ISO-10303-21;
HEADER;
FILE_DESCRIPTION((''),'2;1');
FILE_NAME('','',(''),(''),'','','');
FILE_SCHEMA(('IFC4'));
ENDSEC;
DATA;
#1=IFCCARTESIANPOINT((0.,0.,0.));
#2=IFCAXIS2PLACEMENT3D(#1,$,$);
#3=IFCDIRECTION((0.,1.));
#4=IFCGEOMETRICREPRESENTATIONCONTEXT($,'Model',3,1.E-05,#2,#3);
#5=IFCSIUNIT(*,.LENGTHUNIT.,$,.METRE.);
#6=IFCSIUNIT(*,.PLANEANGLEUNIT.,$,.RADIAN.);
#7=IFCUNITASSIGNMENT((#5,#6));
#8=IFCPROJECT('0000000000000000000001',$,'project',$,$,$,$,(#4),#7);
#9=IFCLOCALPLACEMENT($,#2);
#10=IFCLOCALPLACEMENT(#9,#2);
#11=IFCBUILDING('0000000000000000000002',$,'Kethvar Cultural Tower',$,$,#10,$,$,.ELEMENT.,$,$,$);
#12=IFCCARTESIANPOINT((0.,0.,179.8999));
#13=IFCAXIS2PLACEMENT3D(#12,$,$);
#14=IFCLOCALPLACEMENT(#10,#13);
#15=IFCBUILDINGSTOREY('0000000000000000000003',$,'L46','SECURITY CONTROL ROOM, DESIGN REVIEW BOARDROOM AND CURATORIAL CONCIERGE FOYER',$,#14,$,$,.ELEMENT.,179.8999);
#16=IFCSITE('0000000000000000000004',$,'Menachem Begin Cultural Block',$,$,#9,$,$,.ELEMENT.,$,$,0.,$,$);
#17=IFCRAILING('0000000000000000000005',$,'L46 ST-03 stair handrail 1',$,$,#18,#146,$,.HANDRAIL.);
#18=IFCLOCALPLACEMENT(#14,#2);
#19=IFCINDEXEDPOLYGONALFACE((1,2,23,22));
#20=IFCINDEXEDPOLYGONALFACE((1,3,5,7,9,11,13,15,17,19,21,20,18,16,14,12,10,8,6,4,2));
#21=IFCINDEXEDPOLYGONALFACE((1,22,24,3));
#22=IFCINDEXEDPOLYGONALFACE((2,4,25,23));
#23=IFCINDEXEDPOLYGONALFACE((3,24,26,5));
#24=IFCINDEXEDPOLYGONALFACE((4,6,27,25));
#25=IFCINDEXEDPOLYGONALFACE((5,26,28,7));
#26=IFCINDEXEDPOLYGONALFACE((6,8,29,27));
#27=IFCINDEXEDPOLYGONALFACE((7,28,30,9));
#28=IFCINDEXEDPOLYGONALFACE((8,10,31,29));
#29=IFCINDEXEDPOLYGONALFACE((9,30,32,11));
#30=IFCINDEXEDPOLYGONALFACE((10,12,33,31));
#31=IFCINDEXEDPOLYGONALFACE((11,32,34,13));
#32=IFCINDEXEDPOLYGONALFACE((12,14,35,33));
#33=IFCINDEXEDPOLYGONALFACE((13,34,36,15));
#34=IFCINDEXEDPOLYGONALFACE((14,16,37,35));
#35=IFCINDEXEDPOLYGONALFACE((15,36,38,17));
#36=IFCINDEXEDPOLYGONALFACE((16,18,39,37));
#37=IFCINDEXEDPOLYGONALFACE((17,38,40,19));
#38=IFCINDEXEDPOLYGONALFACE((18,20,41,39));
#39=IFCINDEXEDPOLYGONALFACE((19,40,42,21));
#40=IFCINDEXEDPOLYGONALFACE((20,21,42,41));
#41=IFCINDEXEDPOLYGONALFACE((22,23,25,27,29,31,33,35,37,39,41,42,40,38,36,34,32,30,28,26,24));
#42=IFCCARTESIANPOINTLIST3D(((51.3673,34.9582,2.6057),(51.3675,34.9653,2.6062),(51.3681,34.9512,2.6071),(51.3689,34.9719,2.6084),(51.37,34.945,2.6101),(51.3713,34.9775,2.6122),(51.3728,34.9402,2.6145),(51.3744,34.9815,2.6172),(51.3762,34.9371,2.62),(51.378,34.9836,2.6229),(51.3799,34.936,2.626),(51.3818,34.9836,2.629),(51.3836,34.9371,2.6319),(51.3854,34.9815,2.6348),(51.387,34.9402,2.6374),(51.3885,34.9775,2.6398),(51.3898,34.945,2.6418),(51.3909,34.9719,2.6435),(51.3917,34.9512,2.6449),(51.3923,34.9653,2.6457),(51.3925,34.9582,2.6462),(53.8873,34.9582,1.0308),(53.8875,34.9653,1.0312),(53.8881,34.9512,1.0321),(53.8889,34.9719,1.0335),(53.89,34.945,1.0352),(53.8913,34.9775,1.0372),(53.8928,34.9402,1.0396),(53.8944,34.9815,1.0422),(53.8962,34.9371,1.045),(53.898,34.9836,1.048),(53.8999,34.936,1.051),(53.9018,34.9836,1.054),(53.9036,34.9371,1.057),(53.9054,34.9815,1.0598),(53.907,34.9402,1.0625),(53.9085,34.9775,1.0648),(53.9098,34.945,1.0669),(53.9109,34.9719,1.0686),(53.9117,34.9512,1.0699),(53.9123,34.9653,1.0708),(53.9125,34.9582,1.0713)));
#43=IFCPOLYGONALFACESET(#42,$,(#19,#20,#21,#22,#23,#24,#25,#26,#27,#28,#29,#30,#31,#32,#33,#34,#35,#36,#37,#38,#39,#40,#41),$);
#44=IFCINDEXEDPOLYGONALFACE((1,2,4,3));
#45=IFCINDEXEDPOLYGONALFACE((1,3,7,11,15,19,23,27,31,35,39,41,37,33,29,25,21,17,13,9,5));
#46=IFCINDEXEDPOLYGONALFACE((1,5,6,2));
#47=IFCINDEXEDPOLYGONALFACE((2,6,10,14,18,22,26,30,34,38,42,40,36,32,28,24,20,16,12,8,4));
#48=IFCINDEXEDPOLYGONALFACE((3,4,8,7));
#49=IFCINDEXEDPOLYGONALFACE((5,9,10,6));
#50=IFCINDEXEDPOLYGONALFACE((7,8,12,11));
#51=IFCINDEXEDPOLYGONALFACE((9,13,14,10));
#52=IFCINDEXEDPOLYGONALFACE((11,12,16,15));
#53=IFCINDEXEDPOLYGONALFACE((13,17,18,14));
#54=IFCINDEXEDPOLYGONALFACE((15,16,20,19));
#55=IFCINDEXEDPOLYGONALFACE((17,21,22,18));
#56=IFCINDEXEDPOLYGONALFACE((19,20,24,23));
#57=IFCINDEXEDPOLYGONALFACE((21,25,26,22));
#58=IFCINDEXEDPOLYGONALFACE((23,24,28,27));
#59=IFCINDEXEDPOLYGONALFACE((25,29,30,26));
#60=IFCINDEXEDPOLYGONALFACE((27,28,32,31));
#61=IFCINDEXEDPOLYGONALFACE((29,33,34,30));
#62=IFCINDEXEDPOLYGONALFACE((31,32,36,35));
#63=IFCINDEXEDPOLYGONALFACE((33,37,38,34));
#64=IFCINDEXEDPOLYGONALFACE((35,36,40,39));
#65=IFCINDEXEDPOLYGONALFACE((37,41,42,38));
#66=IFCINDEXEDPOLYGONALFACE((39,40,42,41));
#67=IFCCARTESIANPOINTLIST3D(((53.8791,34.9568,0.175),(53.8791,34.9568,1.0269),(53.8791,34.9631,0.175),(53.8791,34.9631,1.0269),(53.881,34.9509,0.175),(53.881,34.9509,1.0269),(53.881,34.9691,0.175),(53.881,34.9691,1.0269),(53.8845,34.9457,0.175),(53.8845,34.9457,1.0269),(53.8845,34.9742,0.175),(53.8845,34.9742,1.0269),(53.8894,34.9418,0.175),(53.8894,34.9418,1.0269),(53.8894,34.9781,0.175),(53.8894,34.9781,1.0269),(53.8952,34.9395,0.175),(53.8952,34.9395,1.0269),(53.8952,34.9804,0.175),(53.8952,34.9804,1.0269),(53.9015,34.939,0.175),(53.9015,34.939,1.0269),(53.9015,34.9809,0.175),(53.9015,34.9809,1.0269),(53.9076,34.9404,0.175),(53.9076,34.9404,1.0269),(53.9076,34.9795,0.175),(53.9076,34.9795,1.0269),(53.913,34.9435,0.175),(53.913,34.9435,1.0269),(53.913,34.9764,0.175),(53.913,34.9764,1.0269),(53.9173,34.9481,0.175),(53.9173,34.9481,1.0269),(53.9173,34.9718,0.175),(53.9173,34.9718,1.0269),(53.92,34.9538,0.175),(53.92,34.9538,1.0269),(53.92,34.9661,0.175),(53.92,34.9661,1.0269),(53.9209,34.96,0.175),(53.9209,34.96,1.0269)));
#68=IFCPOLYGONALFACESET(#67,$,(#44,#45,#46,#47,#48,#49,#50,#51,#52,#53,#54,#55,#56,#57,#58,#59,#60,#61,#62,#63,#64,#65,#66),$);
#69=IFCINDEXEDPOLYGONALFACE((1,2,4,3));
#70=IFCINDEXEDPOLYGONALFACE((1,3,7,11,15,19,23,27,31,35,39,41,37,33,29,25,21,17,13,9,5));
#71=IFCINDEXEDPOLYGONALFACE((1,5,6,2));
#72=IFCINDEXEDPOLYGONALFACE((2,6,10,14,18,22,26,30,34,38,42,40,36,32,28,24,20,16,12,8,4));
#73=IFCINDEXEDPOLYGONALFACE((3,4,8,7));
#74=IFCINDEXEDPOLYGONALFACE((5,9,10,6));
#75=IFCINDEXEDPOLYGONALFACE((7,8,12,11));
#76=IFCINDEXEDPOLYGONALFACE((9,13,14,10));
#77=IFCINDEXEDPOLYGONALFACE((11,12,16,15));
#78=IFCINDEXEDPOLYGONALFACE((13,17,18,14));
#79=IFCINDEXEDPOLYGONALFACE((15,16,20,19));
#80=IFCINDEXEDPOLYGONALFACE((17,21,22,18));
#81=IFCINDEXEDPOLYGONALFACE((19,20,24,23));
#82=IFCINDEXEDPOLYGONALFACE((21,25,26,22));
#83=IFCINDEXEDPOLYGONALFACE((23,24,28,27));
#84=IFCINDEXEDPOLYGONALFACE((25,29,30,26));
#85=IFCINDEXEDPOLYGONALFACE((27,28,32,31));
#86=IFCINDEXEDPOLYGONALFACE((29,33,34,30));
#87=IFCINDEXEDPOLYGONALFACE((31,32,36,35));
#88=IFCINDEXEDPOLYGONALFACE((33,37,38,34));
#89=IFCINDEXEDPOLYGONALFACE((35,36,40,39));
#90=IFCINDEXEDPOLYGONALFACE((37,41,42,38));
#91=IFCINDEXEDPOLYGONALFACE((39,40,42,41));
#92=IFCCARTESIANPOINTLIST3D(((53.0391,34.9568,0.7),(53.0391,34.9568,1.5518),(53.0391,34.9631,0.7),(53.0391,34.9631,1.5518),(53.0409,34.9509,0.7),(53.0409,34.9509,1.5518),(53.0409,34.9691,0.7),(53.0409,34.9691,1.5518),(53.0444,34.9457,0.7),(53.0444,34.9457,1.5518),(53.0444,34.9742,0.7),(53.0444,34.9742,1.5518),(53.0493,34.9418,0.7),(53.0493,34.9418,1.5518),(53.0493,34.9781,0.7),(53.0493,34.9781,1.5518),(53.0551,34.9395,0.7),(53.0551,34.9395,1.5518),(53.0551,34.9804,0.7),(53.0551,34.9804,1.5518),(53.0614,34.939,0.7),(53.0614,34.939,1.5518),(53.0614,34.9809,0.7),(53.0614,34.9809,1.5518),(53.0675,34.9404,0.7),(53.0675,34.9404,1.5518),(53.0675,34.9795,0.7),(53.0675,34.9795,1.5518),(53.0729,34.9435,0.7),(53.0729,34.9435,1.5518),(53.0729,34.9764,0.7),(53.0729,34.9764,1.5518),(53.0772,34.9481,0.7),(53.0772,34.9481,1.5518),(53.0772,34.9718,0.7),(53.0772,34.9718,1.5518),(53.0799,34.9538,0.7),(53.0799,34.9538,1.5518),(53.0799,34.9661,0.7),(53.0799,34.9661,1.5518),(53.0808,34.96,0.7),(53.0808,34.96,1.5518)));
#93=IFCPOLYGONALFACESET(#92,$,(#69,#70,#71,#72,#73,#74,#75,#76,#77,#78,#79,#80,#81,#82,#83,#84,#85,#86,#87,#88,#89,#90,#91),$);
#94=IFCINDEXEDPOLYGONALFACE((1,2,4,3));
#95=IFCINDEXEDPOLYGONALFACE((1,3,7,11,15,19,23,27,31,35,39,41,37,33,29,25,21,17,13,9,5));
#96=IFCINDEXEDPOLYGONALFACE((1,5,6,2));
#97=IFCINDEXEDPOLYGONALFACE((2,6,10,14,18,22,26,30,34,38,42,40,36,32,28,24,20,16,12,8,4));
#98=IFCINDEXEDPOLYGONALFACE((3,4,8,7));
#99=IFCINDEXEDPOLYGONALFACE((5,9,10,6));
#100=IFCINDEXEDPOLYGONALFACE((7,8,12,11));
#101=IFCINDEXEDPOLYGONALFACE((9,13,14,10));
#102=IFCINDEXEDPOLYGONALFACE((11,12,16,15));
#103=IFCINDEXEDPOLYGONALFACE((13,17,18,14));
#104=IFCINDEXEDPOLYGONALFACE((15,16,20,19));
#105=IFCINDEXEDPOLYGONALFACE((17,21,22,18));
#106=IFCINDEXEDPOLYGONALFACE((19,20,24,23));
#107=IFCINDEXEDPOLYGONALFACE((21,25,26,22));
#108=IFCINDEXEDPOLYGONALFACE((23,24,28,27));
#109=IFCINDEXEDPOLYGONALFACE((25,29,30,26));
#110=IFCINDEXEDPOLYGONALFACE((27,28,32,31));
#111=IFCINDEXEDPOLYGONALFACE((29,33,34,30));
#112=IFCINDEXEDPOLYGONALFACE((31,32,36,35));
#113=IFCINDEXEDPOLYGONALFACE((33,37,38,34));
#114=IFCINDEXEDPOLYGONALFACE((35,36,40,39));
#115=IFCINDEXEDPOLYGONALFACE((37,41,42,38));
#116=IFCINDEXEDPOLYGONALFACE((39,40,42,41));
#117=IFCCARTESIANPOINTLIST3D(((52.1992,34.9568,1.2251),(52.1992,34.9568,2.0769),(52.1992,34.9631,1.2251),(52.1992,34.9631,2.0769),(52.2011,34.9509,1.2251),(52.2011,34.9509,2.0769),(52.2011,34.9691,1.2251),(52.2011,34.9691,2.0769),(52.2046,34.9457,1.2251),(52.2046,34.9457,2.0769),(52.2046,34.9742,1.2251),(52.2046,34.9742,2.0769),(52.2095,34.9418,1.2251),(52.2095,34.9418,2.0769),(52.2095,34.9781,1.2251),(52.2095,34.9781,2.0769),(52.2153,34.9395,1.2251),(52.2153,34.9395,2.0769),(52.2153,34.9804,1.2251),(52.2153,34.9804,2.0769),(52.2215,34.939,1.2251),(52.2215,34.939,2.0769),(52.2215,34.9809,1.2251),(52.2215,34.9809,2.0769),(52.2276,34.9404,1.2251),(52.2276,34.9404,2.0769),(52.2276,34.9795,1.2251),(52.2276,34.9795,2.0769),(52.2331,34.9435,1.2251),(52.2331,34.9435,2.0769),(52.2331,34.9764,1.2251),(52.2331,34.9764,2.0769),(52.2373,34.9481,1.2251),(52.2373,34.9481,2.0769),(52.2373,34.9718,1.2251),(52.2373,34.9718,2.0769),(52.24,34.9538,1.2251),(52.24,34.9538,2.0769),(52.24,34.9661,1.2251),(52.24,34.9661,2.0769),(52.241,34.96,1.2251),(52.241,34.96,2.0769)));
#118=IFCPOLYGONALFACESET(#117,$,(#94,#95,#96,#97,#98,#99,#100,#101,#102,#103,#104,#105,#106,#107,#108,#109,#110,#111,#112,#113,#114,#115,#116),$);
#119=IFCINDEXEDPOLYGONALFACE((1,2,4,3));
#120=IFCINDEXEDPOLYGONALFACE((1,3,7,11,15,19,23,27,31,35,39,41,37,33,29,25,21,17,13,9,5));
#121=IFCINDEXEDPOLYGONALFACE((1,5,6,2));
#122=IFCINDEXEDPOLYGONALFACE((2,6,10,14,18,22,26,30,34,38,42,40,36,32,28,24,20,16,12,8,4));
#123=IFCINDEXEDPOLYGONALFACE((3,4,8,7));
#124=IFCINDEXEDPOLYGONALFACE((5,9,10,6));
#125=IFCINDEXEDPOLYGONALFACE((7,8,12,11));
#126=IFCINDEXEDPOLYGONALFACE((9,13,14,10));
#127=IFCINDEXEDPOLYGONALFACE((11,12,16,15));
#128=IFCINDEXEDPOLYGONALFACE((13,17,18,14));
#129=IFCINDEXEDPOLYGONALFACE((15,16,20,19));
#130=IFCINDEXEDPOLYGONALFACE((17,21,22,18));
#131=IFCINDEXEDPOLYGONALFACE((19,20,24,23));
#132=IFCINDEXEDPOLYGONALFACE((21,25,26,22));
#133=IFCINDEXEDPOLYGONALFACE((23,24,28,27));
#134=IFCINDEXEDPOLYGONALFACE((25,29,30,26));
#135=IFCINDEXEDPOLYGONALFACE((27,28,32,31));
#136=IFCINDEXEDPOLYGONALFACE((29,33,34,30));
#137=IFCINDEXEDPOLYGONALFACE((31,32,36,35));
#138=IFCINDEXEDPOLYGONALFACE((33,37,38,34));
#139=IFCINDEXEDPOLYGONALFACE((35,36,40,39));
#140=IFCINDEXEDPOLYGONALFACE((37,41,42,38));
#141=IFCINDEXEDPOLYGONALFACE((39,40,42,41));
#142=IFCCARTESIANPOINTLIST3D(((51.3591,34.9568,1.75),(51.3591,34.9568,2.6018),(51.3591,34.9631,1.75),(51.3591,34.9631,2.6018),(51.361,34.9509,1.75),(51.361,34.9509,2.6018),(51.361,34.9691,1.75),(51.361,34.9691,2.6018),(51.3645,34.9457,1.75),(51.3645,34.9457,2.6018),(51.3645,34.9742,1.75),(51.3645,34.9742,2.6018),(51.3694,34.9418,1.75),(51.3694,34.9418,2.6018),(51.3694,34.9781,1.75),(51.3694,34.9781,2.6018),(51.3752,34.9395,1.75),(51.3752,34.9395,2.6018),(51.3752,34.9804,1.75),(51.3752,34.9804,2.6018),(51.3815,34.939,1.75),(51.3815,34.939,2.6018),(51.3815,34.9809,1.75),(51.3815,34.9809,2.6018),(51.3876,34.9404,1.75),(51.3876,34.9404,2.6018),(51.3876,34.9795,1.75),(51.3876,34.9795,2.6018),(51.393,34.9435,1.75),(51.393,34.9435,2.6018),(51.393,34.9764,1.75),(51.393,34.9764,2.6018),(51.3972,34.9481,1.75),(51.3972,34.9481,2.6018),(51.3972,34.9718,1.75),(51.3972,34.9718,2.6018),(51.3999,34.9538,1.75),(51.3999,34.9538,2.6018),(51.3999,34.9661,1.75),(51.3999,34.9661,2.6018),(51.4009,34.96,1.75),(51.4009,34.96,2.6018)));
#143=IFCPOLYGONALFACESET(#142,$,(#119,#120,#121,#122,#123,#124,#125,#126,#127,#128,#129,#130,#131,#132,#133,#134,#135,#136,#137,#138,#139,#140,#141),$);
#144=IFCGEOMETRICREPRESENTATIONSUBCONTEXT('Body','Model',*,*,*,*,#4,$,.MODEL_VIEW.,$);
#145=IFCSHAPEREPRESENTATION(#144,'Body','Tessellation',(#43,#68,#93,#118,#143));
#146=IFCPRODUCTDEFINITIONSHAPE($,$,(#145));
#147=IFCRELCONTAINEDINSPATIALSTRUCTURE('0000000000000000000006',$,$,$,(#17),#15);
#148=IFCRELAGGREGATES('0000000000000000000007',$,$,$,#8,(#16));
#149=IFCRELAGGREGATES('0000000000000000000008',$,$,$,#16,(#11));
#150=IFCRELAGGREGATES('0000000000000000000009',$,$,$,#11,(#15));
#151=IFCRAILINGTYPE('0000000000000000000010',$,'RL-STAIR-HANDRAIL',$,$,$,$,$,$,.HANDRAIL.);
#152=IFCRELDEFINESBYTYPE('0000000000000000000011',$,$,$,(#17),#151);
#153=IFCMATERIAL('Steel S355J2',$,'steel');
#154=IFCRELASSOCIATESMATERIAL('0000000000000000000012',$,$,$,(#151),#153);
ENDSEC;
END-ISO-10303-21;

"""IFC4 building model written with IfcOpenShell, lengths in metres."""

from ifc_helpers import new_model, si_unit, direction, frame, origin, origin_2d, place, context, subcontext, project, spatial, circle, extrude, material, type_object, element, save


model = new_model("IFC4")

# Units and contexts
model_context = context("Model", 3, precision=1e-05, world=origin(), true_north=direction((0.0, 1.0)))
body_context = subcontext(model_context, "Body", "Model", "MODEL_VIEW")
ifc_project = project(units=[si_unit("LENGTHUNIT", "METRE"), si_unit("PLANEANGLEUNIT", "RADIAN")], contexts=[model_context])

# Site, building, storey
site_placement = place(None, origin())
site = spatial("IfcSite", under=ifc_project, at=site_placement, Name="Menachem Begin Cultural Block", CompositionType="ELEMENT", RefElevation=0.0)
building_placement = place(site_placement, origin())
building = spatial("IfcBuilding", under=site, at=building_placement, Name="Kethvar Cultural Tower", CompositionType="ELEMENT")
storey_placement = place(building_placement, frame((0.0, 0.0, 179.8999)))
storey = spatial("IfcBuildingStorey", under=building, at=storey_placement, Name="L46", Description="SECURITY CONTROL ROOM, DESIGN REVIEW BOARDROOM AND CURATORIAL CONCIERGE FOYER", CompositionType="ELEMENT", Elevation=179.8999)

# Shared definitions
ifc_material_1 = material(Name="Steel S355J2", Category="steel")

# Railing
railing_type_1 = type_object("IfcRailingType", Name="RL-STAIR-HANDRAIL", PredefinedType="HANDRAIL", material=ifc_material_1)
railing_1_placement = place(storey_placement, frame((53.8999, 34.96, 0.175)))
element("IfcRailing", 1, at=railing_1_placement, inside=storey, type_object=railing_type_1, Name="L46 ST-03 stair handrail 1", PredefinedType="HANDRAIL", context=body_context, shape_type="SweptSolid", body=[
    extrude(circle(Radius=0.0239, at=origin_2d()), frame((0.0, 0.0, 0.876), z_axis=(-0.848008, 0.0, 0.529984), x_axis=(0.0, -1.0, 0.0)), (0.0, 0.0, 1.0), 2.9717),
    extrude(circle(Radius=0.021, at=origin_2d()), origin(), (0.0, 0.0, 1.0), 0.8518),
    extrude(circle(Radius=0.021, at=origin_2d()), frame((-0.8401, 0.0, 0.5249)), (0.0, 0.0, 1.0), 0.8518),
    extrude(circle(Radius=0.021, at=origin_2d()), frame((-1.6799, 0.0, 1.05)), (0.0, 0.0, 1.0), 0.8518),
    extrude(circle(Radius=0.021, at=origin_2d()), frame((-2.52, 0.0, 1.575)), (0.0, 0.0, 1.0), 0.8518),
])

save(model, "model.ifc")
